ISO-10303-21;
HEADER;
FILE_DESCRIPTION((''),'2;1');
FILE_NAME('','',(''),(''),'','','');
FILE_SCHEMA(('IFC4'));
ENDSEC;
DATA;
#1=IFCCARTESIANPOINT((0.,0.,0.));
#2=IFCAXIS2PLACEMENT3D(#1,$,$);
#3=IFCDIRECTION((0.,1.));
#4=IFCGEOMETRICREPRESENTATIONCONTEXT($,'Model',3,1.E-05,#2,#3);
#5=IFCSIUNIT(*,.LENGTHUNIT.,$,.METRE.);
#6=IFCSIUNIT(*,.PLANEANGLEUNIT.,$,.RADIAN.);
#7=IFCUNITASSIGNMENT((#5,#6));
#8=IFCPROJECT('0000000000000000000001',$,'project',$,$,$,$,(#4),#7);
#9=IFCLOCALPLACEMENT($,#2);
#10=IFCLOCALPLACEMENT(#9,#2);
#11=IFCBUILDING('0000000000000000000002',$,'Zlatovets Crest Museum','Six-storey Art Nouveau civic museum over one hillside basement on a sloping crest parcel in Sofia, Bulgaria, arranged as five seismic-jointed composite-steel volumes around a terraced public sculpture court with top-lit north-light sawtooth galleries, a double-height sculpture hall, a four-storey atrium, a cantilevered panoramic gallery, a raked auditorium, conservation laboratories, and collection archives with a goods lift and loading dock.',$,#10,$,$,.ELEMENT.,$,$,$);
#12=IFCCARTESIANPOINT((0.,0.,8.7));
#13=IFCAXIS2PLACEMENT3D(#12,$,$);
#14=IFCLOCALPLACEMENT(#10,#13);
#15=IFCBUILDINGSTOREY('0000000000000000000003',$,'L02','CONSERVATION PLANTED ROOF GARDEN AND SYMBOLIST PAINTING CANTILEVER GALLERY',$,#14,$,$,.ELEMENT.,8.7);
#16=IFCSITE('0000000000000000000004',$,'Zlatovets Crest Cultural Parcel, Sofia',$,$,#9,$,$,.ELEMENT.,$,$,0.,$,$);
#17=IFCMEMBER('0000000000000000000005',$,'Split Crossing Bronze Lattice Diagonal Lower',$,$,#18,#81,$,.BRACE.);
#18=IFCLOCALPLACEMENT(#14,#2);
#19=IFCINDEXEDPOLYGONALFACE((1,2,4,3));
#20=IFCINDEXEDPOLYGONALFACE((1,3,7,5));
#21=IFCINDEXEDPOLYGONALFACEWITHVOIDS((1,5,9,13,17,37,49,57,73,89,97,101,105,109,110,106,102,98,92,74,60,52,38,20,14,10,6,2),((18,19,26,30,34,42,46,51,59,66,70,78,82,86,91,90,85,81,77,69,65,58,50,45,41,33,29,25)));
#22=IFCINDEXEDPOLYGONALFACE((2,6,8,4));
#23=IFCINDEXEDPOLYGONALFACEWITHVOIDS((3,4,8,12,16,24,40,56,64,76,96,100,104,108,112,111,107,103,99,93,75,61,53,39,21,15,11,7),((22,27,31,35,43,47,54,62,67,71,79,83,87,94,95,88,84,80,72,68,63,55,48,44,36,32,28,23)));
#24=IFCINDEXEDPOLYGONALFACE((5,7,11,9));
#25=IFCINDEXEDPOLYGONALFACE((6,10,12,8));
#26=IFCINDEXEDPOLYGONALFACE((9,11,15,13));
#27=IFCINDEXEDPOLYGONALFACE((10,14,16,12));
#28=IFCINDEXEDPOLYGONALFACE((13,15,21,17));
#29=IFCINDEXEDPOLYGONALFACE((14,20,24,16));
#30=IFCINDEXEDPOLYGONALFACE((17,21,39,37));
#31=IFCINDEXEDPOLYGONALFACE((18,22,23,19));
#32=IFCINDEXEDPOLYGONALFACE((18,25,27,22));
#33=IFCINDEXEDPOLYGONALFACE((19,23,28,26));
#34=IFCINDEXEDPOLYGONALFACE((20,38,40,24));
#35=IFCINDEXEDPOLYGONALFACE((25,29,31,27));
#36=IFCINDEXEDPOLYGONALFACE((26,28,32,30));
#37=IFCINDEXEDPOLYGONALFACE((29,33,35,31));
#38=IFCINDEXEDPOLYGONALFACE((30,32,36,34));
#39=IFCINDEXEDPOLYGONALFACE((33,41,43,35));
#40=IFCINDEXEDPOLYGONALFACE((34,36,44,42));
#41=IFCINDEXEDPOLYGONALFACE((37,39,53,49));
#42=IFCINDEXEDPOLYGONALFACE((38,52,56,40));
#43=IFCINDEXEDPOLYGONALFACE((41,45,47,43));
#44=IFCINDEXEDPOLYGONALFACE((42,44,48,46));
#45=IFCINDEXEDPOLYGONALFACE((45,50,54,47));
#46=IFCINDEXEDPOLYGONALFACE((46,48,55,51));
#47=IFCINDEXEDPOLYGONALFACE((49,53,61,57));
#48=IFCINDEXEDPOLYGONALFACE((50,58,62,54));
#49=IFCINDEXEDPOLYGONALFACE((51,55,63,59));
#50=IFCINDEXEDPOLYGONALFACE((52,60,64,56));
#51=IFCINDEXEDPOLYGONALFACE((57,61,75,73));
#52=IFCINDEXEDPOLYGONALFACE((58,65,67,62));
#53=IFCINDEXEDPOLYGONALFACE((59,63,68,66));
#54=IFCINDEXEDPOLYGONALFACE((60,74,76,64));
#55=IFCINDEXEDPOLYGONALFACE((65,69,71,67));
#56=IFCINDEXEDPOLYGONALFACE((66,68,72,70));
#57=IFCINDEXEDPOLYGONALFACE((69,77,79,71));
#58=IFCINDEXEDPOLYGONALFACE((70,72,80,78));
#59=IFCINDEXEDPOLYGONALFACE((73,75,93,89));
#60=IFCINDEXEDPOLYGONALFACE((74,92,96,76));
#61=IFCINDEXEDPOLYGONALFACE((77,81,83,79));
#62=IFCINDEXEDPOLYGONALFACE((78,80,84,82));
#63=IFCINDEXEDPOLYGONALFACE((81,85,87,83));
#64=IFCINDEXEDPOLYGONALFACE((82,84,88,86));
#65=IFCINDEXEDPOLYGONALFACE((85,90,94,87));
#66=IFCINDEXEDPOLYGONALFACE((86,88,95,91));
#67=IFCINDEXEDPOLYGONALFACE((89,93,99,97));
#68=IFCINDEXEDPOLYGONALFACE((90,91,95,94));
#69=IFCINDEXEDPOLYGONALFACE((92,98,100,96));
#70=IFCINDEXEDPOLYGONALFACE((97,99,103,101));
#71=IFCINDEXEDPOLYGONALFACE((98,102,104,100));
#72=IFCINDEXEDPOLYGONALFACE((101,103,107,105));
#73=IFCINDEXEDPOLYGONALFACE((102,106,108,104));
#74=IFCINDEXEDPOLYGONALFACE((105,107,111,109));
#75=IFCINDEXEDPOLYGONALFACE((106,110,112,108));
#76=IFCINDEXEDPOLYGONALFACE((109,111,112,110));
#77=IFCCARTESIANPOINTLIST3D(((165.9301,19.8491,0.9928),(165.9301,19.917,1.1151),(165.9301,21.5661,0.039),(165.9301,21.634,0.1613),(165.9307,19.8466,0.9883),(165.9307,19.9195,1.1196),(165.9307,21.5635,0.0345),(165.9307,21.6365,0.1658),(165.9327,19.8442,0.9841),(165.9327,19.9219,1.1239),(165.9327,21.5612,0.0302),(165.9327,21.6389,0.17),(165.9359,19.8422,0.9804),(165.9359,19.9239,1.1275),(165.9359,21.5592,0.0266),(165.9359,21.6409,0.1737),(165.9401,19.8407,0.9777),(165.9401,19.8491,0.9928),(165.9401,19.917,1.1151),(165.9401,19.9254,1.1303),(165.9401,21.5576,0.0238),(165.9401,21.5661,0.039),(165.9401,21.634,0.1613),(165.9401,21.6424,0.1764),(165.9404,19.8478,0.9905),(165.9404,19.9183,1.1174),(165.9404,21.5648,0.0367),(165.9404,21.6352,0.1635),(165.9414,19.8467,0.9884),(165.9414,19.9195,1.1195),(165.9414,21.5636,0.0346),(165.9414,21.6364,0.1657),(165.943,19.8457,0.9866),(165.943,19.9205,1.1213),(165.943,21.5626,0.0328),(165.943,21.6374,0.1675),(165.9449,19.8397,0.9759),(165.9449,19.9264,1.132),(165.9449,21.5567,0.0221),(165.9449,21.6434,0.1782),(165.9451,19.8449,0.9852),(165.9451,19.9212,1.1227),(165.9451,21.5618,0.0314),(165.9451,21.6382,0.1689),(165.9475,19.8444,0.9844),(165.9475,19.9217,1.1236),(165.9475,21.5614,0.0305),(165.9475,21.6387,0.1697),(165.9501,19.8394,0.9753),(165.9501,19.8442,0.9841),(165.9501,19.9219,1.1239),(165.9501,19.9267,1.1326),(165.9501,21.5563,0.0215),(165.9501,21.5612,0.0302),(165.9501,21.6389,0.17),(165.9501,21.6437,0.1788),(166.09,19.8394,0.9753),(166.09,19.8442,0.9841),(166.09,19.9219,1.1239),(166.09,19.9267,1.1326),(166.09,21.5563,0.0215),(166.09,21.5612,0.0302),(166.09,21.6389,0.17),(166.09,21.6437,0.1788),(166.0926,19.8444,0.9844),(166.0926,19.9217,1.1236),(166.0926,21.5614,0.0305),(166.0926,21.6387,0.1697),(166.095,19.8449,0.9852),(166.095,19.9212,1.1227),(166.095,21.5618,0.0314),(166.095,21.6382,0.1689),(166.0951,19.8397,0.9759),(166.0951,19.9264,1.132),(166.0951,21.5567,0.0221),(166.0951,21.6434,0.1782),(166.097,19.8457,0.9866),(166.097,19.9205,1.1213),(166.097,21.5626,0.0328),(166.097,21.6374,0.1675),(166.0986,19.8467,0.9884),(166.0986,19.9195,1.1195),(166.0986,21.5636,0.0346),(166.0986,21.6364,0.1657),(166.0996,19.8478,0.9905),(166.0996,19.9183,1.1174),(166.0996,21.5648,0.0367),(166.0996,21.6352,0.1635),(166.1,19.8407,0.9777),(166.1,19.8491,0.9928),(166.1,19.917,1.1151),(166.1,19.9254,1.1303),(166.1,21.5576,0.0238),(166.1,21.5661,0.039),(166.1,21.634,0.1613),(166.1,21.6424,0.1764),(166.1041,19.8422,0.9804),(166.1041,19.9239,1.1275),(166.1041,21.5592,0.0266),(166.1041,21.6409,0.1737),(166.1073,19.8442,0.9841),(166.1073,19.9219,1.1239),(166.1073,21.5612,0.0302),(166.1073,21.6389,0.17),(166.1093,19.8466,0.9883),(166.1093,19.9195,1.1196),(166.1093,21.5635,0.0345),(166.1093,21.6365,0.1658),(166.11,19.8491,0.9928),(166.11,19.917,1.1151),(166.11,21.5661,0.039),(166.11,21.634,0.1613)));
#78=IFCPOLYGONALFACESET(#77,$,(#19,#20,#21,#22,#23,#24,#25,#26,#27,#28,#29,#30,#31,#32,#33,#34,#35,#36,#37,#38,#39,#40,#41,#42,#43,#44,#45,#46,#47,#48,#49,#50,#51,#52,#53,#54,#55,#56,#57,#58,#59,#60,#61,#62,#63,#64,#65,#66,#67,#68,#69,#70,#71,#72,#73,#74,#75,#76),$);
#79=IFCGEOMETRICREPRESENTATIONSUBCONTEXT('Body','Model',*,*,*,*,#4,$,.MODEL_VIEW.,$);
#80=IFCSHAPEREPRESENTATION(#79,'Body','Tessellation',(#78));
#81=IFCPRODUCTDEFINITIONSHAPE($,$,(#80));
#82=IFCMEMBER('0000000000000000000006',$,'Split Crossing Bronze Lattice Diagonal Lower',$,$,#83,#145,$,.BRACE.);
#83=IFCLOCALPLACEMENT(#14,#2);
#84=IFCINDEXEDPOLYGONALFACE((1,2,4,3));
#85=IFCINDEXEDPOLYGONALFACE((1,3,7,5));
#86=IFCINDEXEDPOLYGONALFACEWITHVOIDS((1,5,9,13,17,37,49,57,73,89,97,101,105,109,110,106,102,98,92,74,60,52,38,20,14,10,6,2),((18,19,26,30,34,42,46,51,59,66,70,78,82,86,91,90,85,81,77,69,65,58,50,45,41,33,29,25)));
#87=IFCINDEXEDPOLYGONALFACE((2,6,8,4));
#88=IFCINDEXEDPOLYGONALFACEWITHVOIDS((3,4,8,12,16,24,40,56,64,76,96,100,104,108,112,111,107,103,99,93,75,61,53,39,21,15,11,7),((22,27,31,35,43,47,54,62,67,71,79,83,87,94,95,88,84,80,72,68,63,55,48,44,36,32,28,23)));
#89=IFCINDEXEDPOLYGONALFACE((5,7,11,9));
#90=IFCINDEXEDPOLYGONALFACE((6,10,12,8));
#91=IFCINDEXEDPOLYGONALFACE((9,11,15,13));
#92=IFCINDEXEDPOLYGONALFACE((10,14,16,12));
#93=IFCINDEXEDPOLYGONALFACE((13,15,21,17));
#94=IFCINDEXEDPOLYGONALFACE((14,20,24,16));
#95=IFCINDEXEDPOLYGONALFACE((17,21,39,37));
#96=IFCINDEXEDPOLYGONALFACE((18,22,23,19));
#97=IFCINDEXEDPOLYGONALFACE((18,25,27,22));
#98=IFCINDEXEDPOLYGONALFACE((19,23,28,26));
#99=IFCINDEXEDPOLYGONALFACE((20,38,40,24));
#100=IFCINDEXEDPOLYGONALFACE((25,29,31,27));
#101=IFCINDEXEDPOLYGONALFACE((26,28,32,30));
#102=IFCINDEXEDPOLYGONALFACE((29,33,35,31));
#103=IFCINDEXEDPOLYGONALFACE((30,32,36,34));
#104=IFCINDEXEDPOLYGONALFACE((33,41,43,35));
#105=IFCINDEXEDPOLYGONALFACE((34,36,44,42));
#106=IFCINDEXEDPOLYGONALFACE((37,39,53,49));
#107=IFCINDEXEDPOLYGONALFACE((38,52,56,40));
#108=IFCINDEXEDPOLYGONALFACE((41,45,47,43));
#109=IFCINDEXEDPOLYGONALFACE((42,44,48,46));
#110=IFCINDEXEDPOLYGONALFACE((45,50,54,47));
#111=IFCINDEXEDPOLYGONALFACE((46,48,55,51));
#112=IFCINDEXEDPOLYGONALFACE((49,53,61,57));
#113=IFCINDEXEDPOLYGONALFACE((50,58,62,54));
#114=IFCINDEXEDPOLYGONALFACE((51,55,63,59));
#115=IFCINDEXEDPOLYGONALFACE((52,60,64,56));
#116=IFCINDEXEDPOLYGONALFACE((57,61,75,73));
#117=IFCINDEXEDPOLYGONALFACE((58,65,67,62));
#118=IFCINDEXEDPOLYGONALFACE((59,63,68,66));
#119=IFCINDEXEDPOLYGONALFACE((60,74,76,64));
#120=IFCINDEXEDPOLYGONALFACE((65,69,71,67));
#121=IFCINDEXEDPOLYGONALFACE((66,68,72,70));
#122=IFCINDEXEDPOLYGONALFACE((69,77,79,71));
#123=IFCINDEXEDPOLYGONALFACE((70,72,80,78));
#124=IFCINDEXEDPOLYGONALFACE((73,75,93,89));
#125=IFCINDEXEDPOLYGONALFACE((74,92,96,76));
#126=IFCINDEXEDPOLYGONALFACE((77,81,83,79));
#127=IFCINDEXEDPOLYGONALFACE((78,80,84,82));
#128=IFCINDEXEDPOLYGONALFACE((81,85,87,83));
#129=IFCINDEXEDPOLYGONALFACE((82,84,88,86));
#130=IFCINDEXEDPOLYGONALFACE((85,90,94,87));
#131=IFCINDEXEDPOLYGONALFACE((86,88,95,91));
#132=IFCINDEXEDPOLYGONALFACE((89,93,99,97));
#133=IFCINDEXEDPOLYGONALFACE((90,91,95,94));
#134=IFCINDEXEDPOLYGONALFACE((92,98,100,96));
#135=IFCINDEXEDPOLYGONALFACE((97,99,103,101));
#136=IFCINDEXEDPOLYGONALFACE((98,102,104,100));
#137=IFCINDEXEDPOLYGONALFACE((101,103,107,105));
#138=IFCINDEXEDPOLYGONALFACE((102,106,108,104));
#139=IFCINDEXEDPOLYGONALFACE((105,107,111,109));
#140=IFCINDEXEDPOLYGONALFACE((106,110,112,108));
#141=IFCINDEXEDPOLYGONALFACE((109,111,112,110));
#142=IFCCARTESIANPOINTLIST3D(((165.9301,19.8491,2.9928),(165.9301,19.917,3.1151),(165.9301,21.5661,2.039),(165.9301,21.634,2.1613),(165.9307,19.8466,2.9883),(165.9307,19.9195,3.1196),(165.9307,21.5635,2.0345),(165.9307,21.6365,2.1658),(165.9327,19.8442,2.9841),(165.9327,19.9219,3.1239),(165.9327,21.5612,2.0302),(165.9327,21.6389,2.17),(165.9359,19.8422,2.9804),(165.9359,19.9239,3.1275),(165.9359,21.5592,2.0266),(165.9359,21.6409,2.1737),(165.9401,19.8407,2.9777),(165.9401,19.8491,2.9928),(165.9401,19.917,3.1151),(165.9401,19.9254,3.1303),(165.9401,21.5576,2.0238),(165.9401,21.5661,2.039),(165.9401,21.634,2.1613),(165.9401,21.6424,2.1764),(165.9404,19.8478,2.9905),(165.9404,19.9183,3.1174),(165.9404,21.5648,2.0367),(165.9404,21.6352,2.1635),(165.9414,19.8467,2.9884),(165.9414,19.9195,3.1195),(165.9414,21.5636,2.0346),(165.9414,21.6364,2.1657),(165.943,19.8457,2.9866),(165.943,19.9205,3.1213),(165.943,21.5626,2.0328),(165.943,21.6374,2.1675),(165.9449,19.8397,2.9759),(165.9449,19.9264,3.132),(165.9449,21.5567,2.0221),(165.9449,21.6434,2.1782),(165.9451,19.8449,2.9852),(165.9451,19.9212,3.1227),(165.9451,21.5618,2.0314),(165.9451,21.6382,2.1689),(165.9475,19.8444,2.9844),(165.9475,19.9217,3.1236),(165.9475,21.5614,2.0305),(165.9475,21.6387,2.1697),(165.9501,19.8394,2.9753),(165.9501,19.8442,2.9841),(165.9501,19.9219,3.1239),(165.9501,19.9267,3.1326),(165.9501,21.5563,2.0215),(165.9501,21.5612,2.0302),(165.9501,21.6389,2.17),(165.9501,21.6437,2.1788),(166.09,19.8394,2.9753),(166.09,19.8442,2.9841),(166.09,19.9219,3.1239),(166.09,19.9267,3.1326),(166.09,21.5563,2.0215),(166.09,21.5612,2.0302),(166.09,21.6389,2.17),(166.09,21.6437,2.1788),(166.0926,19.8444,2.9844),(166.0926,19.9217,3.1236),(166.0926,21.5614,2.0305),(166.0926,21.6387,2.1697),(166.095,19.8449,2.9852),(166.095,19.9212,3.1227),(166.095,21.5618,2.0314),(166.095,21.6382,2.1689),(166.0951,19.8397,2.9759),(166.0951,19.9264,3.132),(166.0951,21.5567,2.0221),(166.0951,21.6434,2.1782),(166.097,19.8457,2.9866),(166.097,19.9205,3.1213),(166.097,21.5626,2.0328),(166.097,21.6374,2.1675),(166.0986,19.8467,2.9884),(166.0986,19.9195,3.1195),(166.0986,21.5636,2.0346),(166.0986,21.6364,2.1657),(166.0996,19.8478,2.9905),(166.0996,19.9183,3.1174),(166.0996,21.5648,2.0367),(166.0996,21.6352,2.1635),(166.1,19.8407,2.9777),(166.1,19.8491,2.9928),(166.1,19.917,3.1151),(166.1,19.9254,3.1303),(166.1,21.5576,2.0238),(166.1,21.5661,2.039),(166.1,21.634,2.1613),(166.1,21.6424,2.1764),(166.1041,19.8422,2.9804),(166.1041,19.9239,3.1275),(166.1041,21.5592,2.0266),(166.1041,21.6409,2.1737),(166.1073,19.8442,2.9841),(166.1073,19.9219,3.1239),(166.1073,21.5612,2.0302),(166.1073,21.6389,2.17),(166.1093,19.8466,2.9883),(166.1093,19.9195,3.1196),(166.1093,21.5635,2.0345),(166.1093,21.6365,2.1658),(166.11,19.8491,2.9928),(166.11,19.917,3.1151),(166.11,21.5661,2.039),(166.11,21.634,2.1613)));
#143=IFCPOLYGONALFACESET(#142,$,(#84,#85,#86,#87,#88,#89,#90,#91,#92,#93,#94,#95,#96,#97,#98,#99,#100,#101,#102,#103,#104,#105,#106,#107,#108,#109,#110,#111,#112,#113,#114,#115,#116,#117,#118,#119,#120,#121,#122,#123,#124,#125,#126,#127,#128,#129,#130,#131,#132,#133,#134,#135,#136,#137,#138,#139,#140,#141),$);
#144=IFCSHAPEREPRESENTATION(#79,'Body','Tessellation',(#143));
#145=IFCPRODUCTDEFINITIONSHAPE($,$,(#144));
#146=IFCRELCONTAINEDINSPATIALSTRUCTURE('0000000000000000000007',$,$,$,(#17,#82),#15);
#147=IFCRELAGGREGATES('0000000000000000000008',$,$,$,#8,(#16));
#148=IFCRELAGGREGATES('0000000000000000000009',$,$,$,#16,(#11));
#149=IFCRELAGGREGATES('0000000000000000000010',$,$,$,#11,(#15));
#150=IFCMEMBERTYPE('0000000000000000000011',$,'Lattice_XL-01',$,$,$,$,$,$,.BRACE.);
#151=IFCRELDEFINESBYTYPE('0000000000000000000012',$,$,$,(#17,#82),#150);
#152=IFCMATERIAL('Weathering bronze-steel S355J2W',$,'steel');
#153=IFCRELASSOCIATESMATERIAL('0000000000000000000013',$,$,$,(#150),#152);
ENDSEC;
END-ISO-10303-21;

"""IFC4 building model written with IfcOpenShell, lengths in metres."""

from ifc_helpers import new_model, si_unit, direction, frame, origin, origin_2d, place, context, subcontext, project, spatial, hollow_rectangle, extrude, material, material_profile, profile_set, type_object, element, save


model = new_model("IFC4")

# Units and contexts
model_context = context("Model", 3, precision=1e-05, world=origin(), true_north=direction((0.0, 1.0)))
body_context = subcontext(model_context, "Body", "Model", "MODEL_VIEW")
ifc_project = project(units=[si_unit("LENGTHUNIT", "METRE"), si_unit("PLANEANGLEUNIT", "RADIAN")], contexts=[model_context])

# Site, building, storey
site_placement = place(None, origin())
site = spatial("IfcSite", under=ifc_project, at=site_placement, Name="Zlatovets Crest Cultural Parcel, Sofia", CompositionType="ELEMENT", RefElevation=0.0)
building_placement = place(site_placement, origin())
building = spatial("IfcBuilding", under=site, at=building_placement, Name="Zlatovets Crest Museum", Description="Six-storey Art Nouveau civic museum over one hillside basement on a sloping crest parcel in Sofia, Bulgaria, arranged as five seismic-jointed composite-steel volumes around a terraced public sculpture court with top-lit north-light sawtooth galleries, a double-height sculpture hall, a four-storey atrium, a cantilevered panoramic gallery, a raked auditorium, conservation laboratories, and collection archives with a goods lift and loading dock.", CompositionType="ELEMENT")
storey_placement = place(building_placement, frame((0.0, 0.0, 8.7)))
storey = spatial("IfcBuildingStorey", under=building, at=storey_placement, Name="L02", Description="CONSERVATION PLANTED ROOF GARDEN AND SYMBOLIST PAINTING CANTILEVER GALLERY", CompositionType="ELEMENT", Elevation=8.7)

# Members
ifc_material_1 = material(Name="Weathering bronze-steel S355J2W", Category="steel")
ifc_material_profile_1 = material_profile(ifc_material_1, hollow_rectangle(XDim=0.1799, YDim=0.1799, WallThickness=0.01, InnerFilletRadius=0.01, OuterFilletRadius=0.02, at=origin_2d()), Name="SHS 180x180x10.0")
ifc_profile_set_1 = profile_set([ifc_material_profile_1], Name="Weathering bronze-steel S355J2W")
member_type_1 = type_object("IfcMemberType", Name="Lattice_XL-01", PredefinedType="BRACE", material=ifc_profile_set_1)
for number, where, z_axis, x_axis, name in (
    (1, (166.02, 19.8831, 1.054), (0.0, 0.874169, -0.485622), (-1.0, 0.0, 0.0), "Split Crossing Bronze Lattice Diagonal Lower"),
    (2, (166.02, 19.8831, 3.054), (0.0, 0.874169, -0.485622), (-1.0, 0.0, 0.0), "Split Crossing Bronze Lattice Diagonal Lower"),
):
    element("IfcMember", number, at=place(storey_placement, frame(where, z_axis=z_axis, x_axis=x_axis)), inside=storey, type_object=member_type_1, Name=name, PredefinedType="BRACE", context=body_context, shape_type="SweptSolid", body=[
        extrude(hollow_rectangle(XDim=0.1799, YDim=0.1799, WallThickness=0.01, InnerFilletRadius=0.01, OuterFilletRadius=0.02, at=origin_2d()), origin(), (0.0, 0.0, 1.0), 1.9641),
    ])

save(model, "model.ifc")
